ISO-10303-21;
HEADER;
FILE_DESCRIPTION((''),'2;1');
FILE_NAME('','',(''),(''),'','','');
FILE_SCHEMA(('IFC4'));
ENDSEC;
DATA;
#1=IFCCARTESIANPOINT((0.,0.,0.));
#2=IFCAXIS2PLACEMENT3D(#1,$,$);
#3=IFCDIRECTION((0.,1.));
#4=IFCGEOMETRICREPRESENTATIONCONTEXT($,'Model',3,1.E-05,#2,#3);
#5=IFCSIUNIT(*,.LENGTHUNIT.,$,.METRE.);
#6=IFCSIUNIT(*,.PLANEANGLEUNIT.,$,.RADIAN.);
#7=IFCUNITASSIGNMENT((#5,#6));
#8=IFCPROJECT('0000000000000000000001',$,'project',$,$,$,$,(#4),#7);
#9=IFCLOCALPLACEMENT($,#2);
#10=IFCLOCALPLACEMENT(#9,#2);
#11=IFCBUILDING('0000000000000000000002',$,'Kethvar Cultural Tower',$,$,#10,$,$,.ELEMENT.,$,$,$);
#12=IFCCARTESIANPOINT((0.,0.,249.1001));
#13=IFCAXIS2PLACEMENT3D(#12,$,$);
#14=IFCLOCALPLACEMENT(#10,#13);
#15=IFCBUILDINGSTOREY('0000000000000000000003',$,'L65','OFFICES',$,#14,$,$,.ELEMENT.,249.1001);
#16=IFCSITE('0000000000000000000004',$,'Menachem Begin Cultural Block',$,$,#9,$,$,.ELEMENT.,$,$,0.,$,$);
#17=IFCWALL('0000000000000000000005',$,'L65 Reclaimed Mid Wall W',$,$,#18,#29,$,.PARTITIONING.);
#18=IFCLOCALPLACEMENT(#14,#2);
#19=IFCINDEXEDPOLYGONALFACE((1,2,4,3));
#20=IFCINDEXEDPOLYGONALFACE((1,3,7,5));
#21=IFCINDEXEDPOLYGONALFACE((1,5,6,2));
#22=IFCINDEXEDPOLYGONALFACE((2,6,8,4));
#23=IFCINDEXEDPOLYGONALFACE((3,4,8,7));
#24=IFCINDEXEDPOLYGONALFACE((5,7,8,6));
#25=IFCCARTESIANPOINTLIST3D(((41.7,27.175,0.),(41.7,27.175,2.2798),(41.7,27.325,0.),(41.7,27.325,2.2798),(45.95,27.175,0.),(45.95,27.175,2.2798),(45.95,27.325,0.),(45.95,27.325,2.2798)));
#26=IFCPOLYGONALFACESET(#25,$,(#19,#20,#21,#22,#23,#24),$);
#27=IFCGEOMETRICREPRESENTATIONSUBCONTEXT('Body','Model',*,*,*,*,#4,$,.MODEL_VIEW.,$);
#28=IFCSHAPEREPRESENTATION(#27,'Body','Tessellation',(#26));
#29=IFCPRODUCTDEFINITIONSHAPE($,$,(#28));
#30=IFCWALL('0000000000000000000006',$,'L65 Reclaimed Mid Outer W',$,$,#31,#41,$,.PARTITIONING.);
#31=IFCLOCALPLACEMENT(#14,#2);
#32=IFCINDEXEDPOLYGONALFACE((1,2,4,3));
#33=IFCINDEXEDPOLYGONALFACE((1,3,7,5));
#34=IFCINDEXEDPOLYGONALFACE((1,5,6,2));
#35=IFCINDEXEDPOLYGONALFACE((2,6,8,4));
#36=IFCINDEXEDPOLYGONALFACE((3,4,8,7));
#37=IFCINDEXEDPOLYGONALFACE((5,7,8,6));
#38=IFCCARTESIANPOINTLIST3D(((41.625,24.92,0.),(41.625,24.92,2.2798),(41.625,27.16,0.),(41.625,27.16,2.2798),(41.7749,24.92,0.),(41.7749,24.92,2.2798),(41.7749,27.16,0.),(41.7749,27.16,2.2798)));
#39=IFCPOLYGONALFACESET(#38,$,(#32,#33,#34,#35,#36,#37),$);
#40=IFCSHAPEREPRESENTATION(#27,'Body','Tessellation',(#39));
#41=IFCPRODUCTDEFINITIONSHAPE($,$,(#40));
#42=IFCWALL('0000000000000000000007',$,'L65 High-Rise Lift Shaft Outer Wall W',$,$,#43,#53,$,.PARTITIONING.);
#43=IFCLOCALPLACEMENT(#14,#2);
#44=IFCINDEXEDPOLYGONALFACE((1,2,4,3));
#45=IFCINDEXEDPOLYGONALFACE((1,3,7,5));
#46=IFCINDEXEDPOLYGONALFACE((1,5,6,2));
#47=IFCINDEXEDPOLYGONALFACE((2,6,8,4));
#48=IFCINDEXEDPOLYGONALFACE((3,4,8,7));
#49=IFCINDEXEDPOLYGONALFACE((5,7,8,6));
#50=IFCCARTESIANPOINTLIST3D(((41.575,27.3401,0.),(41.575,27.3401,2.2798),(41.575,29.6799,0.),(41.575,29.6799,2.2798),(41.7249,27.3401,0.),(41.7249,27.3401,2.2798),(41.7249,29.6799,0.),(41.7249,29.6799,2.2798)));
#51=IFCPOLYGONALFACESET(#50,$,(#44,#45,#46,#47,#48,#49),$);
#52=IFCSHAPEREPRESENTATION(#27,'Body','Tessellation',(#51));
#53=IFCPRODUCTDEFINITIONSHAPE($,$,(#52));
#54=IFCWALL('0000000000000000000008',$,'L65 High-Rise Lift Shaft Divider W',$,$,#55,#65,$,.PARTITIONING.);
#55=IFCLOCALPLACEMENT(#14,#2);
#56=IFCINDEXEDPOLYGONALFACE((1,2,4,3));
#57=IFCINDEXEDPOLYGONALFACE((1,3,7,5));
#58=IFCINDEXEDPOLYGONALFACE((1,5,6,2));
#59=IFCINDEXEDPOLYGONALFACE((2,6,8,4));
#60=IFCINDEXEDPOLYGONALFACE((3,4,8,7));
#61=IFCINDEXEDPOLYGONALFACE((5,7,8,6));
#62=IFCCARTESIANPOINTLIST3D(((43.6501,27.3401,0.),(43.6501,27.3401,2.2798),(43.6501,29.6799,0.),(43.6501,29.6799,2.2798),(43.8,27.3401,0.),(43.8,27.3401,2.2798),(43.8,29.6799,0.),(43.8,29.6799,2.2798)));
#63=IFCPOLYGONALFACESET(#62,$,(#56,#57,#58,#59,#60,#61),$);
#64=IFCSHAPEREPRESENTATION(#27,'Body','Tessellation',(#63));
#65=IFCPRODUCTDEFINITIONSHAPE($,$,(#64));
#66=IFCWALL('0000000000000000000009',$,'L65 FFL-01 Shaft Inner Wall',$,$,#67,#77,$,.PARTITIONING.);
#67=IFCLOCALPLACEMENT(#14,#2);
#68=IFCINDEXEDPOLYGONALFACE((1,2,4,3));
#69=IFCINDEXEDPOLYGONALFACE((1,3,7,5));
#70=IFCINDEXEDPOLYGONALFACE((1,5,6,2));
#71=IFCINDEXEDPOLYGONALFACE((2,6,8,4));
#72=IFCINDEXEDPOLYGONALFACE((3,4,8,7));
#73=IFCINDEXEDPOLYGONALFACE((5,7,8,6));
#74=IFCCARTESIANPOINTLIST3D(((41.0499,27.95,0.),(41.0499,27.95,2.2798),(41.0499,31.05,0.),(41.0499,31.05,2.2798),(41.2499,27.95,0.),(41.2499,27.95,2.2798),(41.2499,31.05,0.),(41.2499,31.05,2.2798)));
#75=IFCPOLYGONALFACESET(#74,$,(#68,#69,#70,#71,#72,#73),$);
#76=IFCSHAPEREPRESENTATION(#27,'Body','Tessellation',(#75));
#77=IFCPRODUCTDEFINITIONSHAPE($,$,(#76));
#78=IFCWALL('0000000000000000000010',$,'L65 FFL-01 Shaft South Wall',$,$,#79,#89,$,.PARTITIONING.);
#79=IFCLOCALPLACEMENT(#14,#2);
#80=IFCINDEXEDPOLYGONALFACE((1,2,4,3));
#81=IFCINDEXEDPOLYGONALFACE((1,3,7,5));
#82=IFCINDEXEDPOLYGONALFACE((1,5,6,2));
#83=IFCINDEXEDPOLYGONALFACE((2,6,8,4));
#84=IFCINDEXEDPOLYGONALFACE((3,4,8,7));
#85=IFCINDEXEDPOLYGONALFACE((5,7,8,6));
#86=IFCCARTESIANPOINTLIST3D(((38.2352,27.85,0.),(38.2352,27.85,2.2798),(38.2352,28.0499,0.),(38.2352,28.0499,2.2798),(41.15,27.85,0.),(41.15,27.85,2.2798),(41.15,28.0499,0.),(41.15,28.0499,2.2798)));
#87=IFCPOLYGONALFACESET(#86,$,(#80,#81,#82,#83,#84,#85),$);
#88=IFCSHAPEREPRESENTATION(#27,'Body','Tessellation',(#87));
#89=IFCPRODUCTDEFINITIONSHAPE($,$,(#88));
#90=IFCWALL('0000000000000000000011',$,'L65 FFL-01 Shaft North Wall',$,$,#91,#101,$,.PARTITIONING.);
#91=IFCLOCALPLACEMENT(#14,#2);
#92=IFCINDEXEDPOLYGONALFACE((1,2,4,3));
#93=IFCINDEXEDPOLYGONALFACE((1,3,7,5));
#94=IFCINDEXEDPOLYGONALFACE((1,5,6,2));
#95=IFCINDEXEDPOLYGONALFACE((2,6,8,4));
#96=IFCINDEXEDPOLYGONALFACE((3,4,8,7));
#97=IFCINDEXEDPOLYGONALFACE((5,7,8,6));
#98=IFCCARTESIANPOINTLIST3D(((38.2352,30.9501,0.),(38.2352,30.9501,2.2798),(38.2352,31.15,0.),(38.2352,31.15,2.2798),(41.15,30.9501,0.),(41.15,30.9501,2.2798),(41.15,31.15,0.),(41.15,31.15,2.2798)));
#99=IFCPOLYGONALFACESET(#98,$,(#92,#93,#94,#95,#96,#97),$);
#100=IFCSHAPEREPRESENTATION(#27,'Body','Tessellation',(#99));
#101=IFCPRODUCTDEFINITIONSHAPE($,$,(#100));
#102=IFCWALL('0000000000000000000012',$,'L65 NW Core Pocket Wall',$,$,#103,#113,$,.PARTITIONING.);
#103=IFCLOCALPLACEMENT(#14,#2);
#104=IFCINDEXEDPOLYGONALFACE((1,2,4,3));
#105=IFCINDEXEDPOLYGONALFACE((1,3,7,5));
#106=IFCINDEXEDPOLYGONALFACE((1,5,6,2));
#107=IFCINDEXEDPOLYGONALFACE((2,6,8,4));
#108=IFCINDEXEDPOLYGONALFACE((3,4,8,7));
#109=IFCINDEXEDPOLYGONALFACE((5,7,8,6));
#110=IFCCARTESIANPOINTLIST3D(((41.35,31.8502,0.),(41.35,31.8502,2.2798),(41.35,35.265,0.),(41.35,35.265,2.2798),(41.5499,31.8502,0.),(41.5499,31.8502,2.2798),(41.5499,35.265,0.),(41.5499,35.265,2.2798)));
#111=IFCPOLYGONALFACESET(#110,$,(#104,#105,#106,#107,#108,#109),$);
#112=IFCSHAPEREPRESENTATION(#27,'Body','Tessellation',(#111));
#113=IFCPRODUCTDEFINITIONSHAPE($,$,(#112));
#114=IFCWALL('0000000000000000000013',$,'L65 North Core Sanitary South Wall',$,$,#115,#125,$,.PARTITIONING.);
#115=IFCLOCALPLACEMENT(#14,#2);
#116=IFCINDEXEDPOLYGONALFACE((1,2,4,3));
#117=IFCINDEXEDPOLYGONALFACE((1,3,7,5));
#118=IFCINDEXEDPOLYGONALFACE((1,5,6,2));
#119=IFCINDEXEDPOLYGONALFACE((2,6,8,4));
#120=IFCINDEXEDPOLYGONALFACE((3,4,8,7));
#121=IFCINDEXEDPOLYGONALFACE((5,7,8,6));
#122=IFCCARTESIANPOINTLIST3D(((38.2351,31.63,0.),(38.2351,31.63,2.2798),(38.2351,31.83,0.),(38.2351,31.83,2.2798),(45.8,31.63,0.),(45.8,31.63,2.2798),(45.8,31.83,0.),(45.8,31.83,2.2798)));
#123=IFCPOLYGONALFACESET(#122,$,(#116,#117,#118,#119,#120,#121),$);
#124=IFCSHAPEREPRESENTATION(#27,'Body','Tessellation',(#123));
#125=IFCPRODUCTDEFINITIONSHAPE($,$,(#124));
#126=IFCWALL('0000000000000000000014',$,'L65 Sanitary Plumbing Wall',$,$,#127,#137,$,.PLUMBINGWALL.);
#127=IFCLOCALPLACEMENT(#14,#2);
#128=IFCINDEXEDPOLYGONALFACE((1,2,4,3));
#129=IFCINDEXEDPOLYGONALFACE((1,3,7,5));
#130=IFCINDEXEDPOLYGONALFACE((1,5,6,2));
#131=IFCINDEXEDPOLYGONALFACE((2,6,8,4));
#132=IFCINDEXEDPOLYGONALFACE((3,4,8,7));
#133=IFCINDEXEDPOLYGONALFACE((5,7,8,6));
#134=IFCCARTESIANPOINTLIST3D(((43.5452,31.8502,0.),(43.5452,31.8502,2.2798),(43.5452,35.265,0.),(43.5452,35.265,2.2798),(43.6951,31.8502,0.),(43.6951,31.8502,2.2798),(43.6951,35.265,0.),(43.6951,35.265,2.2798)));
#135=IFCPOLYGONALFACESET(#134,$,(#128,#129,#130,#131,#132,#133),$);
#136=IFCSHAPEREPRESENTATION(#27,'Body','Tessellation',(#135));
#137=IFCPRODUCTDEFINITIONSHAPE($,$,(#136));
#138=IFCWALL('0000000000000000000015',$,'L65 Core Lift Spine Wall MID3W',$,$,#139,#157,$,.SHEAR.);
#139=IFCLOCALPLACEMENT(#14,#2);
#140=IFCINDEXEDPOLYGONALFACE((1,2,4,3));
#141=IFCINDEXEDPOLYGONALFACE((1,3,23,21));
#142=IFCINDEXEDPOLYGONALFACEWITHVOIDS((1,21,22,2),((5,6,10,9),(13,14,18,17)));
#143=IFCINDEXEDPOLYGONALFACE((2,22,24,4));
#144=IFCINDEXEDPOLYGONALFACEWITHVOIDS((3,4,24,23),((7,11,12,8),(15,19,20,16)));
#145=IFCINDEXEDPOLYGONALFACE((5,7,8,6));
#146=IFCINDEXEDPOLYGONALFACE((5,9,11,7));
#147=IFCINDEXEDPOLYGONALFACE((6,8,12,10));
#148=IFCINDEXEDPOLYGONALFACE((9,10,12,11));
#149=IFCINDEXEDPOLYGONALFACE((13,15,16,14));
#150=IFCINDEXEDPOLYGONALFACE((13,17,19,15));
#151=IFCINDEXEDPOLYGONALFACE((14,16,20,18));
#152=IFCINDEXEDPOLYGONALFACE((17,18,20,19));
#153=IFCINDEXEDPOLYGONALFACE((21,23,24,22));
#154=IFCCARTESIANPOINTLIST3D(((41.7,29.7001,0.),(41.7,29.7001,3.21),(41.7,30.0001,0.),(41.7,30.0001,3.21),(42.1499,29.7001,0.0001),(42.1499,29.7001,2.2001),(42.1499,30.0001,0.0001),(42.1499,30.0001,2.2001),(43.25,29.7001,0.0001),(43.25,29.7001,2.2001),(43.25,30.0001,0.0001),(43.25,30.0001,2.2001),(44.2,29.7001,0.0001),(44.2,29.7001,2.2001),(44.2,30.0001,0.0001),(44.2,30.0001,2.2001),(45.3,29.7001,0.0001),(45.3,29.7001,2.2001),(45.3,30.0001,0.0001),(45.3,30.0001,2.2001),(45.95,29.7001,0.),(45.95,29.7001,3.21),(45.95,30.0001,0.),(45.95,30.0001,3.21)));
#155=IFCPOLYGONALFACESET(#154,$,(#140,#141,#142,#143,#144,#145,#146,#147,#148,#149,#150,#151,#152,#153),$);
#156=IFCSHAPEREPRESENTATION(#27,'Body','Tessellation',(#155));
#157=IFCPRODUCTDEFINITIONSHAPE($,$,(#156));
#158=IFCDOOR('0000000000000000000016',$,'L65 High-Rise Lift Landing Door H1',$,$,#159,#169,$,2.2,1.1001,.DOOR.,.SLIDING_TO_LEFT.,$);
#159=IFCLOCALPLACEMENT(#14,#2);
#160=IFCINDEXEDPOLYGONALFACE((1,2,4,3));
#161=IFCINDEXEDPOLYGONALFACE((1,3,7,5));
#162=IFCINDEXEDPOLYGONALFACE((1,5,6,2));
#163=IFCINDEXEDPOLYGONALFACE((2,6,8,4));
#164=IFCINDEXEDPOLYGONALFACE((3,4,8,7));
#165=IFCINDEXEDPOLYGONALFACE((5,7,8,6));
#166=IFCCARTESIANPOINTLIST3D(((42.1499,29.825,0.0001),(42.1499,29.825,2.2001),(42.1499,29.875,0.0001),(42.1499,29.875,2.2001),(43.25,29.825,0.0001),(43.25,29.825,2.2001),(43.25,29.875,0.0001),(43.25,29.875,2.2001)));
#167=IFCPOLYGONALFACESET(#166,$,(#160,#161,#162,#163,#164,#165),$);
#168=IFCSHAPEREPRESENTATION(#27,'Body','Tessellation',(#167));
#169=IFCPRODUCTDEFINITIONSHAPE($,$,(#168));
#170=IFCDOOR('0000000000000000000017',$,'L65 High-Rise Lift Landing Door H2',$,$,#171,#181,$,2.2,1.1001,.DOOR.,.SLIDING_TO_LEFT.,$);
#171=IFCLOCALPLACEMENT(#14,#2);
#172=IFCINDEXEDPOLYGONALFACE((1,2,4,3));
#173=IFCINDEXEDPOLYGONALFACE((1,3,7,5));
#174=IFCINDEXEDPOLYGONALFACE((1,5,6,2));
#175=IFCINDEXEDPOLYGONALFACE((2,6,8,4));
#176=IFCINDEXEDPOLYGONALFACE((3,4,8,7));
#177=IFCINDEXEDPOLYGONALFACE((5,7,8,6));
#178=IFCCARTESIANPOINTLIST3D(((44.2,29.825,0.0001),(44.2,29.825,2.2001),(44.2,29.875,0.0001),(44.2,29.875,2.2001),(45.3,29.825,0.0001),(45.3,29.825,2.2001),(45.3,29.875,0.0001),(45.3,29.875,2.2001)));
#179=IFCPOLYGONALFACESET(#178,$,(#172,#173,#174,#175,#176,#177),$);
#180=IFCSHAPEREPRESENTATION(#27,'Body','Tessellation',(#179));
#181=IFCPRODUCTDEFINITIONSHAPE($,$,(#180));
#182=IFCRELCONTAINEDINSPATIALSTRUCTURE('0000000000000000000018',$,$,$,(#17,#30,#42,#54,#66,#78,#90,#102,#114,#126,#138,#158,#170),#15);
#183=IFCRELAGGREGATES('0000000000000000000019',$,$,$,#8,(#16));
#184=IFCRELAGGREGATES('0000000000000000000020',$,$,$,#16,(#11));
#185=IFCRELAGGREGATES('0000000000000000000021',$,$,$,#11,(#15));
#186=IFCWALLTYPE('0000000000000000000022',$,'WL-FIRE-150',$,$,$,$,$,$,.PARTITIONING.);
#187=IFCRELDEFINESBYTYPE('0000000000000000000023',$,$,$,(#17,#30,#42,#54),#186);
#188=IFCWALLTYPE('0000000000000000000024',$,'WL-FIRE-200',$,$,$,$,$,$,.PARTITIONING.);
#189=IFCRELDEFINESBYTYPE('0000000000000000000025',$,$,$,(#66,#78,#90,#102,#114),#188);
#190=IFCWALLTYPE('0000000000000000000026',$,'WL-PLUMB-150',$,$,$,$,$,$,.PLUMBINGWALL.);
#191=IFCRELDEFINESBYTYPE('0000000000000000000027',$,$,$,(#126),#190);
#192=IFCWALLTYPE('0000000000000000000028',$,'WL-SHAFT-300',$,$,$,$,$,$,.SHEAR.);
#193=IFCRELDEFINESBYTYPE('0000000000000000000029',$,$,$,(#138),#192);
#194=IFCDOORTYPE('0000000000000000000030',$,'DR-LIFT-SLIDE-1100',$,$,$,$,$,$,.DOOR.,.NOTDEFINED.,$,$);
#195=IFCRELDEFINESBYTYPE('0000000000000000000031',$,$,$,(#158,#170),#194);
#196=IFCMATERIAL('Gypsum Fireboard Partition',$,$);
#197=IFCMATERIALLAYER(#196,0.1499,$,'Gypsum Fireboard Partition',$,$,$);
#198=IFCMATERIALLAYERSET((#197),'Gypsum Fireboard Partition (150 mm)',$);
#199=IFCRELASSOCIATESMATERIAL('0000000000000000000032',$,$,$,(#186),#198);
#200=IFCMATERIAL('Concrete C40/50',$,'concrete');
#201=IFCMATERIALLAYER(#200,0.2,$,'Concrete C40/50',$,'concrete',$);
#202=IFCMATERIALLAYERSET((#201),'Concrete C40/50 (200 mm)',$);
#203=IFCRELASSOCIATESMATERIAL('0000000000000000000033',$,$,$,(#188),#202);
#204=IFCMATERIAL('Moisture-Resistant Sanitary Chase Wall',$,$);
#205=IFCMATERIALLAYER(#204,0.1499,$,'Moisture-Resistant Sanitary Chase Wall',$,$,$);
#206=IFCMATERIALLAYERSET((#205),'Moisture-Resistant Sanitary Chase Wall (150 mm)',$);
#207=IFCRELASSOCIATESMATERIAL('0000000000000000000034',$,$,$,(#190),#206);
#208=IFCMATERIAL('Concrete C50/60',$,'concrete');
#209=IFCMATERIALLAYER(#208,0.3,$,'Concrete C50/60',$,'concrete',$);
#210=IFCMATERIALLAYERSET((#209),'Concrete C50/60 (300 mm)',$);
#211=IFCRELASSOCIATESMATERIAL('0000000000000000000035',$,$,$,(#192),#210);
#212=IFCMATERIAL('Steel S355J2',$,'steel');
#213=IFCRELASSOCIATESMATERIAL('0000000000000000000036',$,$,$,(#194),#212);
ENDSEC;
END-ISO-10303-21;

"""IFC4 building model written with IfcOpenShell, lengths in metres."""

from ifc_helpers import new_model, si_unit, direction, frame, frame_2d, origin, place, context, subcontext, project, spatial, rectangle, extrude, source, transform, mapped, material, layer, layer_set, type_object, element, fill, save


model = new_model("IFC4")

# Units and contexts
model_context = context("Model", 3, precision=1e-05, world=origin(), true_north=direction((0.0, 1.0)))
body_context = subcontext(model_context, "Body", "Model", "MODEL_VIEW")
ifc_project = project(units=[si_unit("LENGTHUNIT", "METRE"), si_unit("PLANEANGLEUNIT", "RADIAN")], contexts=[model_context])

# Site, building, storey
site_placement = place(None, origin())
site = spatial("IfcSite", under=ifc_project, at=site_placement, Name="Menachem Begin Cultural Block", CompositionType="ELEMENT", RefElevation=0.0)
building_placement = place(site_placement, origin())
building = spatial("IfcBuilding", under=site, at=building_placement, Name="Kethvar Cultural Tower", CompositionType="ELEMENT")
storey_placement = place(building_placement, frame((0.0, 0.0, 249.1001)))
storey = spatial("IfcBuildingStorey", under=building, at=storey_placement, Name="L65", Description="OFFICES", CompositionType="ELEMENT", Elevation=249.1001)

# Shared definitions
ifc_material_1 = material(Name="Steel S355J2", Category="steel")

# Walls
ifc_material_2 = material(Name="Gypsum Fireboard Partition")
ifc_layer_1 = layer(ifc_material_2, 0.1499, Name="Gypsum Fireboard Partition")
ifc_layer_set_1 = layer_set([ifc_layer_1], Name="Gypsum Fireboard Partition (150 mm)")
wall_type_1 = type_object("IfcWallType", Name="WL-FIRE-150", PredefinedType="PARTITIONING", material=ifc_layer_set_1)
wall_1_placement = place(storey_placement, frame((41.7, 27.25, 0.0), z_axis=(0.0, 0.0, 1.0), x_axis=(1.0, 0.0, 0.0)))
element("IfcWall", 1, at=wall_1_placement, inside=storey, type_object=wall_type_1, Name="L65 Reclaimed Mid Wall W", PredefinedType="PARTITIONING", context=body_context, shape_type="SweptSolid", body=[
    extrude(rectangle(XDim=4.25, YDim=0.1499, at=frame_2d((2.125, 0.0))), origin(), (0.0, 0.0, 1.0), 2.2798),
])
wall_2_placement = place(storey_placement, frame((41.7, 24.9199, 0.0), z_axis=(0.0, 0.0, 1.0), x_axis=(0.0, 1.0, 0.0)))
element("IfcWall", 2, at=wall_2_placement, inside=storey, type_object=wall_type_1, Name="L65 Reclaimed Mid Outer W", PredefinedType="PARTITIONING", context=body_context, shape_type="SweptSolid", body=[
    extrude(rectangle(XDim=2.24, YDim=0.1499, at=frame_2d((1.1201, 0.0))), origin(), (0.0, 0.0, 1.0), 2.2798),
])
for number, where, z_axis, x_axis, name in (
    (3, (41.6499, 27.3401, 0.0), (0.0, 0.0, 1.0), (0.0, 1.0, 0.0), "L65 High-Rise Lift Shaft Outer Wall W"),
    (4, (43.7251, 27.3401, 0.0), (0.0, 0.0, 1.0), (0.0, 1.0, 0.0), "L65 High-Rise Lift Shaft Divider W"),
):
    element("IfcWall", number, at=place(storey_placement, frame(where, z_axis=z_axis, x_axis=x_axis)), inside=storey, type_object=wall_type_1, Name=name, PredefinedType="PARTITIONING", context=body_context, shape_type="SweptSolid", body=[
        extrude(rectangle(XDim=2.3398, YDim=0.1499, at=frame_2d((1.1699, 0.0))), origin(), (0.0, 0.0, 1.0), 2.2798),
    ])
ifc_material_3 = material(Name="Concrete C40/50", Category="concrete")
ifc_layer_2 = layer(ifc_material_3, 0.2, Name="Concrete C40/50", Category="concrete")
ifc_layer_set_2 = layer_set([ifc_layer_2], Name="Concrete C40/50 (200 mm)")
wall_type_2 = type_object("IfcWallType", Name="WL-FIRE-200", PredefinedType="PARTITIONING", material=ifc_layer_set_2)
wall_3_placement = place(storey_placement, frame((41.1499, 27.95, 0.0), z_axis=(0.0, 0.0, 1.0), x_axis=(0.0, 1.0, 0.0)))
element("IfcWall", 5, at=wall_3_placement, inside=storey, type_object=wall_type_2, Name="L65 FFL-01 Shaft Inner Wall", PredefinedType="PARTITIONING", context=body_context, shape_type="SweptSolid", body=[
    extrude(rectangle(XDim=3.1001, YDim=0.2, at=frame_2d((1.55, 0.0))), origin(), (0.0, 0.0, 1.0), 2.2798),
])
for number, where, z_axis, x_axis, name in (
    (6, (38.2351, 27.95, 0.0), (0.0, 0.0, 1.0), (1.0, 0.0, 0.0), "L65 FFL-01 Shaft South Wall"),
    (7, (38.2351, 31.05, 0.0), (0.0, 0.0, 1.0), (1.0, 0.0, 0.0), "L65 FFL-01 Shaft North Wall"),
):
    element("IfcWall", number, at=place(storey_placement, frame(where, z_axis=z_axis, x_axis=x_axis)), inside=storey, type_object=wall_type_2, Name=name, PredefinedType="PARTITIONING", context=body_context, shape_type="SweptSolid", body=[
        extrude(rectangle(XDim=2.9148, YDim=0.2, at=frame_2d((1.4575, 0.0))), origin(), (0.0, 0.0, 1.0), 2.2798),
    ])
wall_4_placement = place(storey_placement, frame((41.45, 31.8501, 0.0), z_axis=(0.0, 0.0, 1.0), x_axis=(0.0, 1.0, 0.0)))
element("IfcWall", 8, at=wall_4_placement, inside=storey, type_object=wall_type_2, Name="L65 NW Core Pocket Wall", PredefinedType="PARTITIONING", context=body_context, shape_type="SweptSolid", body=[
    extrude(rectangle(XDim=3.4148, YDim=0.2, at=frame_2d((1.7075, 0.0))), origin(), (0.0, 0.0, 1.0), 2.2798),
])
wall_5_placement = place(storey_placement, frame((38.2351, 31.73, 0.0), z_axis=(0.0, 0.0, 1.0), x_axis=(1.0, 0.0, 0.0)))
element("IfcWall", 9, at=wall_5_placement, inside=storey, type_object=wall_type_2, Name="L65 North Core Sanitary South Wall", PredefinedType="PARTITIONING", context=body_context, shape_type="SweptSolid", body=[
    extrude(rectangle(XDim=7.5649, YDim=0.2, at=frame_2d((3.7825, 0.0))), origin(), (0.0, 0.0, 1.0), 2.2798),
])
ifc_material_4 = material(Name="Moisture-Resistant Sanitary Chase Wall")
ifc_layer_3 = layer(ifc_material_4, 0.1499, Name="Moisture-Resistant Sanitary Chase Wall")
ifc_layer_set_3 = layer_set([ifc_layer_3], Name="Moisture-Resistant Sanitary Chase Wall (150 mm)")
wall_type_3 = type_object("IfcWallType", Name="WL-PLUMB-150", PredefinedType="PLUMBINGWALL", material=ifc_layer_set_3)
wall_6_placement = place(storey_placement, frame((43.6201, 31.8501, 0.0), z_axis=(0.0, 0.0, 1.0), x_axis=(0.0, 1.0, 0.0)))
element("IfcWall", 10, at=wall_6_placement, inside=storey, type_object=wall_type_3, Name="L65 Sanitary Plumbing Wall", PredefinedType="PLUMBINGWALL", context=body_context, shape_type="SweptSolid", body=[
    extrude(rectangle(XDim=3.4148, YDim=0.1499, at=frame_2d((1.7075, 0.0))), origin(), (0.0, 0.0, 1.0), 2.2798),
])

# Shared definitions
ifc_material_5 = material(Name="Concrete C50/60", Category="concrete")
ifc_layer_4 = layer(ifc_material_5, 0.3, Name="Concrete C50/60", Category="concrete")
ifc_layer_set_4 = layer_set([ifc_layer_4], Name="Concrete C50/60 (300 mm)")
wall_type_4 = type_object("IfcWallType", Name="WL-SHAFT-300", PredefinedType="SHEAR", material=ifc_layer_set_4)

# Wall, openings, doors
wall_7_placement = place(storey_placement, frame((41.7, 29.8501, 0.0), z_axis=(0.0, 0.0, 1.0), x_axis=(1.0, 0.0, 0.0)))
wall_7 = element("IfcWall", 11, at=wall_7_placement, inside=storey, type_object=wall_type_4, Name="L65 Core Lift Spine Wall MID3W", PredefinedType="SHEAR", context=body_context, shape_type="SweptSolid", body=[
    extrude(rectangle(XDim=4.25, YDim=0.3, at=frame_2d((2.125, 0.0))), origin(), (0.0, 0.0, 1.0), 3.21),
])
opening_1_placement = place(wall_7_placement, frame((0.45, 0.0, 0.0)))
opening_1 = element("IfcOpeningElement", 12, at=opening_1_placement, cuts=wall_7, PredefinedType="OPENING", context=body_context, shape_type="SweptSolid", body=[
    extrude(rectangle(XDim=1.1001, YDim=2.2, at=frame_2d((0.55, 1.1001))), frame((0.0, 0.1599, 0.0), z_axis=(0.0, -1.0, 0.0), x_axis=(1.0, 0.0, 0.0)), (0.0, 0.0, 1.0), 0.3201),
])
opening_2_placement = place(wall_7_placement, frame((2.5, 0.0, 0.0)))
opening_2 = element("IfcOpeningElement", 13, at=opening_2_placement, cuts=wall_7, PredefinedType="OPENING", context=body_context, shape_type="SweptSolid", body=[
    extrude(rectangle(XDim=1.1001, YDim=2.2, at=frame_2d((0.55, 1.1001))), frame((0.0, 0.1599, 0.0), z_axis=(0.0, -1.0, 0.0), x_axis=(1.0, 0.0, 0.0)), (0.0, 0.0, 1.0), 0.3201),
])
door_type_1 = type_object("IfcDoorType", Name="DR-LIFT-SLIDE-1100", OperationType="NOTDEFINED", PredefinedType="DOOR", material=ifc_material_1)
shared_shape_1 = source(origin(), body_context, "Body", "SweptSolid", [
    extrude(rectangle(XDim=1.1001, YDim=2.2, at=frame_2d((0.55, 1.1001))), frame((0.0, 0.0249, 0.0), z_axis=(0.0, -1.0, 0.0), x_axis=(1.0, 0.0, 0.0)), (0.0, 0.0, 1.0), 0.05),
])
door_1_placement = place(opening_1_placement, origin())
door_1 = element("IfcDoor", 14, at=door_1_placement, inside=storey, type_object=door_type_1, Name="L65 High-Rise Lift Landing Door H1", OperationType="SLIDING_TO_LEFT", OverallHeight=2.2, OverallWidth=1.1001, PredefinedType="DOOR", context=body_context, shape_type="MappedRepresentation", body=[
    mapped(shared_shape_1, transform((0.0, 0.0, 0.0), scale=1.0)),
])
fill(opening_1, door_1)
door_2_placement = place(opening_2_placement, origin())
door_2 = element("IfcDoor", 15, at=door_2_placement, inside=storey, type_object=door_type_1, Name="L65 High-Rise Lift Landing Door H2", OperationType="SLIDING_TO_LEFT", OverallHeight=2.2, OverallWidth=1.1001, PredefinedType="DOOR", context=body_context, shape_type="MappedRepresentation", body=[
    mapped(shared_shape_1, transform((0.0, 0.0, 0.0), scale=1.0)),
])
fill(opening_2, door_2)

save(model, "model.ifc")
